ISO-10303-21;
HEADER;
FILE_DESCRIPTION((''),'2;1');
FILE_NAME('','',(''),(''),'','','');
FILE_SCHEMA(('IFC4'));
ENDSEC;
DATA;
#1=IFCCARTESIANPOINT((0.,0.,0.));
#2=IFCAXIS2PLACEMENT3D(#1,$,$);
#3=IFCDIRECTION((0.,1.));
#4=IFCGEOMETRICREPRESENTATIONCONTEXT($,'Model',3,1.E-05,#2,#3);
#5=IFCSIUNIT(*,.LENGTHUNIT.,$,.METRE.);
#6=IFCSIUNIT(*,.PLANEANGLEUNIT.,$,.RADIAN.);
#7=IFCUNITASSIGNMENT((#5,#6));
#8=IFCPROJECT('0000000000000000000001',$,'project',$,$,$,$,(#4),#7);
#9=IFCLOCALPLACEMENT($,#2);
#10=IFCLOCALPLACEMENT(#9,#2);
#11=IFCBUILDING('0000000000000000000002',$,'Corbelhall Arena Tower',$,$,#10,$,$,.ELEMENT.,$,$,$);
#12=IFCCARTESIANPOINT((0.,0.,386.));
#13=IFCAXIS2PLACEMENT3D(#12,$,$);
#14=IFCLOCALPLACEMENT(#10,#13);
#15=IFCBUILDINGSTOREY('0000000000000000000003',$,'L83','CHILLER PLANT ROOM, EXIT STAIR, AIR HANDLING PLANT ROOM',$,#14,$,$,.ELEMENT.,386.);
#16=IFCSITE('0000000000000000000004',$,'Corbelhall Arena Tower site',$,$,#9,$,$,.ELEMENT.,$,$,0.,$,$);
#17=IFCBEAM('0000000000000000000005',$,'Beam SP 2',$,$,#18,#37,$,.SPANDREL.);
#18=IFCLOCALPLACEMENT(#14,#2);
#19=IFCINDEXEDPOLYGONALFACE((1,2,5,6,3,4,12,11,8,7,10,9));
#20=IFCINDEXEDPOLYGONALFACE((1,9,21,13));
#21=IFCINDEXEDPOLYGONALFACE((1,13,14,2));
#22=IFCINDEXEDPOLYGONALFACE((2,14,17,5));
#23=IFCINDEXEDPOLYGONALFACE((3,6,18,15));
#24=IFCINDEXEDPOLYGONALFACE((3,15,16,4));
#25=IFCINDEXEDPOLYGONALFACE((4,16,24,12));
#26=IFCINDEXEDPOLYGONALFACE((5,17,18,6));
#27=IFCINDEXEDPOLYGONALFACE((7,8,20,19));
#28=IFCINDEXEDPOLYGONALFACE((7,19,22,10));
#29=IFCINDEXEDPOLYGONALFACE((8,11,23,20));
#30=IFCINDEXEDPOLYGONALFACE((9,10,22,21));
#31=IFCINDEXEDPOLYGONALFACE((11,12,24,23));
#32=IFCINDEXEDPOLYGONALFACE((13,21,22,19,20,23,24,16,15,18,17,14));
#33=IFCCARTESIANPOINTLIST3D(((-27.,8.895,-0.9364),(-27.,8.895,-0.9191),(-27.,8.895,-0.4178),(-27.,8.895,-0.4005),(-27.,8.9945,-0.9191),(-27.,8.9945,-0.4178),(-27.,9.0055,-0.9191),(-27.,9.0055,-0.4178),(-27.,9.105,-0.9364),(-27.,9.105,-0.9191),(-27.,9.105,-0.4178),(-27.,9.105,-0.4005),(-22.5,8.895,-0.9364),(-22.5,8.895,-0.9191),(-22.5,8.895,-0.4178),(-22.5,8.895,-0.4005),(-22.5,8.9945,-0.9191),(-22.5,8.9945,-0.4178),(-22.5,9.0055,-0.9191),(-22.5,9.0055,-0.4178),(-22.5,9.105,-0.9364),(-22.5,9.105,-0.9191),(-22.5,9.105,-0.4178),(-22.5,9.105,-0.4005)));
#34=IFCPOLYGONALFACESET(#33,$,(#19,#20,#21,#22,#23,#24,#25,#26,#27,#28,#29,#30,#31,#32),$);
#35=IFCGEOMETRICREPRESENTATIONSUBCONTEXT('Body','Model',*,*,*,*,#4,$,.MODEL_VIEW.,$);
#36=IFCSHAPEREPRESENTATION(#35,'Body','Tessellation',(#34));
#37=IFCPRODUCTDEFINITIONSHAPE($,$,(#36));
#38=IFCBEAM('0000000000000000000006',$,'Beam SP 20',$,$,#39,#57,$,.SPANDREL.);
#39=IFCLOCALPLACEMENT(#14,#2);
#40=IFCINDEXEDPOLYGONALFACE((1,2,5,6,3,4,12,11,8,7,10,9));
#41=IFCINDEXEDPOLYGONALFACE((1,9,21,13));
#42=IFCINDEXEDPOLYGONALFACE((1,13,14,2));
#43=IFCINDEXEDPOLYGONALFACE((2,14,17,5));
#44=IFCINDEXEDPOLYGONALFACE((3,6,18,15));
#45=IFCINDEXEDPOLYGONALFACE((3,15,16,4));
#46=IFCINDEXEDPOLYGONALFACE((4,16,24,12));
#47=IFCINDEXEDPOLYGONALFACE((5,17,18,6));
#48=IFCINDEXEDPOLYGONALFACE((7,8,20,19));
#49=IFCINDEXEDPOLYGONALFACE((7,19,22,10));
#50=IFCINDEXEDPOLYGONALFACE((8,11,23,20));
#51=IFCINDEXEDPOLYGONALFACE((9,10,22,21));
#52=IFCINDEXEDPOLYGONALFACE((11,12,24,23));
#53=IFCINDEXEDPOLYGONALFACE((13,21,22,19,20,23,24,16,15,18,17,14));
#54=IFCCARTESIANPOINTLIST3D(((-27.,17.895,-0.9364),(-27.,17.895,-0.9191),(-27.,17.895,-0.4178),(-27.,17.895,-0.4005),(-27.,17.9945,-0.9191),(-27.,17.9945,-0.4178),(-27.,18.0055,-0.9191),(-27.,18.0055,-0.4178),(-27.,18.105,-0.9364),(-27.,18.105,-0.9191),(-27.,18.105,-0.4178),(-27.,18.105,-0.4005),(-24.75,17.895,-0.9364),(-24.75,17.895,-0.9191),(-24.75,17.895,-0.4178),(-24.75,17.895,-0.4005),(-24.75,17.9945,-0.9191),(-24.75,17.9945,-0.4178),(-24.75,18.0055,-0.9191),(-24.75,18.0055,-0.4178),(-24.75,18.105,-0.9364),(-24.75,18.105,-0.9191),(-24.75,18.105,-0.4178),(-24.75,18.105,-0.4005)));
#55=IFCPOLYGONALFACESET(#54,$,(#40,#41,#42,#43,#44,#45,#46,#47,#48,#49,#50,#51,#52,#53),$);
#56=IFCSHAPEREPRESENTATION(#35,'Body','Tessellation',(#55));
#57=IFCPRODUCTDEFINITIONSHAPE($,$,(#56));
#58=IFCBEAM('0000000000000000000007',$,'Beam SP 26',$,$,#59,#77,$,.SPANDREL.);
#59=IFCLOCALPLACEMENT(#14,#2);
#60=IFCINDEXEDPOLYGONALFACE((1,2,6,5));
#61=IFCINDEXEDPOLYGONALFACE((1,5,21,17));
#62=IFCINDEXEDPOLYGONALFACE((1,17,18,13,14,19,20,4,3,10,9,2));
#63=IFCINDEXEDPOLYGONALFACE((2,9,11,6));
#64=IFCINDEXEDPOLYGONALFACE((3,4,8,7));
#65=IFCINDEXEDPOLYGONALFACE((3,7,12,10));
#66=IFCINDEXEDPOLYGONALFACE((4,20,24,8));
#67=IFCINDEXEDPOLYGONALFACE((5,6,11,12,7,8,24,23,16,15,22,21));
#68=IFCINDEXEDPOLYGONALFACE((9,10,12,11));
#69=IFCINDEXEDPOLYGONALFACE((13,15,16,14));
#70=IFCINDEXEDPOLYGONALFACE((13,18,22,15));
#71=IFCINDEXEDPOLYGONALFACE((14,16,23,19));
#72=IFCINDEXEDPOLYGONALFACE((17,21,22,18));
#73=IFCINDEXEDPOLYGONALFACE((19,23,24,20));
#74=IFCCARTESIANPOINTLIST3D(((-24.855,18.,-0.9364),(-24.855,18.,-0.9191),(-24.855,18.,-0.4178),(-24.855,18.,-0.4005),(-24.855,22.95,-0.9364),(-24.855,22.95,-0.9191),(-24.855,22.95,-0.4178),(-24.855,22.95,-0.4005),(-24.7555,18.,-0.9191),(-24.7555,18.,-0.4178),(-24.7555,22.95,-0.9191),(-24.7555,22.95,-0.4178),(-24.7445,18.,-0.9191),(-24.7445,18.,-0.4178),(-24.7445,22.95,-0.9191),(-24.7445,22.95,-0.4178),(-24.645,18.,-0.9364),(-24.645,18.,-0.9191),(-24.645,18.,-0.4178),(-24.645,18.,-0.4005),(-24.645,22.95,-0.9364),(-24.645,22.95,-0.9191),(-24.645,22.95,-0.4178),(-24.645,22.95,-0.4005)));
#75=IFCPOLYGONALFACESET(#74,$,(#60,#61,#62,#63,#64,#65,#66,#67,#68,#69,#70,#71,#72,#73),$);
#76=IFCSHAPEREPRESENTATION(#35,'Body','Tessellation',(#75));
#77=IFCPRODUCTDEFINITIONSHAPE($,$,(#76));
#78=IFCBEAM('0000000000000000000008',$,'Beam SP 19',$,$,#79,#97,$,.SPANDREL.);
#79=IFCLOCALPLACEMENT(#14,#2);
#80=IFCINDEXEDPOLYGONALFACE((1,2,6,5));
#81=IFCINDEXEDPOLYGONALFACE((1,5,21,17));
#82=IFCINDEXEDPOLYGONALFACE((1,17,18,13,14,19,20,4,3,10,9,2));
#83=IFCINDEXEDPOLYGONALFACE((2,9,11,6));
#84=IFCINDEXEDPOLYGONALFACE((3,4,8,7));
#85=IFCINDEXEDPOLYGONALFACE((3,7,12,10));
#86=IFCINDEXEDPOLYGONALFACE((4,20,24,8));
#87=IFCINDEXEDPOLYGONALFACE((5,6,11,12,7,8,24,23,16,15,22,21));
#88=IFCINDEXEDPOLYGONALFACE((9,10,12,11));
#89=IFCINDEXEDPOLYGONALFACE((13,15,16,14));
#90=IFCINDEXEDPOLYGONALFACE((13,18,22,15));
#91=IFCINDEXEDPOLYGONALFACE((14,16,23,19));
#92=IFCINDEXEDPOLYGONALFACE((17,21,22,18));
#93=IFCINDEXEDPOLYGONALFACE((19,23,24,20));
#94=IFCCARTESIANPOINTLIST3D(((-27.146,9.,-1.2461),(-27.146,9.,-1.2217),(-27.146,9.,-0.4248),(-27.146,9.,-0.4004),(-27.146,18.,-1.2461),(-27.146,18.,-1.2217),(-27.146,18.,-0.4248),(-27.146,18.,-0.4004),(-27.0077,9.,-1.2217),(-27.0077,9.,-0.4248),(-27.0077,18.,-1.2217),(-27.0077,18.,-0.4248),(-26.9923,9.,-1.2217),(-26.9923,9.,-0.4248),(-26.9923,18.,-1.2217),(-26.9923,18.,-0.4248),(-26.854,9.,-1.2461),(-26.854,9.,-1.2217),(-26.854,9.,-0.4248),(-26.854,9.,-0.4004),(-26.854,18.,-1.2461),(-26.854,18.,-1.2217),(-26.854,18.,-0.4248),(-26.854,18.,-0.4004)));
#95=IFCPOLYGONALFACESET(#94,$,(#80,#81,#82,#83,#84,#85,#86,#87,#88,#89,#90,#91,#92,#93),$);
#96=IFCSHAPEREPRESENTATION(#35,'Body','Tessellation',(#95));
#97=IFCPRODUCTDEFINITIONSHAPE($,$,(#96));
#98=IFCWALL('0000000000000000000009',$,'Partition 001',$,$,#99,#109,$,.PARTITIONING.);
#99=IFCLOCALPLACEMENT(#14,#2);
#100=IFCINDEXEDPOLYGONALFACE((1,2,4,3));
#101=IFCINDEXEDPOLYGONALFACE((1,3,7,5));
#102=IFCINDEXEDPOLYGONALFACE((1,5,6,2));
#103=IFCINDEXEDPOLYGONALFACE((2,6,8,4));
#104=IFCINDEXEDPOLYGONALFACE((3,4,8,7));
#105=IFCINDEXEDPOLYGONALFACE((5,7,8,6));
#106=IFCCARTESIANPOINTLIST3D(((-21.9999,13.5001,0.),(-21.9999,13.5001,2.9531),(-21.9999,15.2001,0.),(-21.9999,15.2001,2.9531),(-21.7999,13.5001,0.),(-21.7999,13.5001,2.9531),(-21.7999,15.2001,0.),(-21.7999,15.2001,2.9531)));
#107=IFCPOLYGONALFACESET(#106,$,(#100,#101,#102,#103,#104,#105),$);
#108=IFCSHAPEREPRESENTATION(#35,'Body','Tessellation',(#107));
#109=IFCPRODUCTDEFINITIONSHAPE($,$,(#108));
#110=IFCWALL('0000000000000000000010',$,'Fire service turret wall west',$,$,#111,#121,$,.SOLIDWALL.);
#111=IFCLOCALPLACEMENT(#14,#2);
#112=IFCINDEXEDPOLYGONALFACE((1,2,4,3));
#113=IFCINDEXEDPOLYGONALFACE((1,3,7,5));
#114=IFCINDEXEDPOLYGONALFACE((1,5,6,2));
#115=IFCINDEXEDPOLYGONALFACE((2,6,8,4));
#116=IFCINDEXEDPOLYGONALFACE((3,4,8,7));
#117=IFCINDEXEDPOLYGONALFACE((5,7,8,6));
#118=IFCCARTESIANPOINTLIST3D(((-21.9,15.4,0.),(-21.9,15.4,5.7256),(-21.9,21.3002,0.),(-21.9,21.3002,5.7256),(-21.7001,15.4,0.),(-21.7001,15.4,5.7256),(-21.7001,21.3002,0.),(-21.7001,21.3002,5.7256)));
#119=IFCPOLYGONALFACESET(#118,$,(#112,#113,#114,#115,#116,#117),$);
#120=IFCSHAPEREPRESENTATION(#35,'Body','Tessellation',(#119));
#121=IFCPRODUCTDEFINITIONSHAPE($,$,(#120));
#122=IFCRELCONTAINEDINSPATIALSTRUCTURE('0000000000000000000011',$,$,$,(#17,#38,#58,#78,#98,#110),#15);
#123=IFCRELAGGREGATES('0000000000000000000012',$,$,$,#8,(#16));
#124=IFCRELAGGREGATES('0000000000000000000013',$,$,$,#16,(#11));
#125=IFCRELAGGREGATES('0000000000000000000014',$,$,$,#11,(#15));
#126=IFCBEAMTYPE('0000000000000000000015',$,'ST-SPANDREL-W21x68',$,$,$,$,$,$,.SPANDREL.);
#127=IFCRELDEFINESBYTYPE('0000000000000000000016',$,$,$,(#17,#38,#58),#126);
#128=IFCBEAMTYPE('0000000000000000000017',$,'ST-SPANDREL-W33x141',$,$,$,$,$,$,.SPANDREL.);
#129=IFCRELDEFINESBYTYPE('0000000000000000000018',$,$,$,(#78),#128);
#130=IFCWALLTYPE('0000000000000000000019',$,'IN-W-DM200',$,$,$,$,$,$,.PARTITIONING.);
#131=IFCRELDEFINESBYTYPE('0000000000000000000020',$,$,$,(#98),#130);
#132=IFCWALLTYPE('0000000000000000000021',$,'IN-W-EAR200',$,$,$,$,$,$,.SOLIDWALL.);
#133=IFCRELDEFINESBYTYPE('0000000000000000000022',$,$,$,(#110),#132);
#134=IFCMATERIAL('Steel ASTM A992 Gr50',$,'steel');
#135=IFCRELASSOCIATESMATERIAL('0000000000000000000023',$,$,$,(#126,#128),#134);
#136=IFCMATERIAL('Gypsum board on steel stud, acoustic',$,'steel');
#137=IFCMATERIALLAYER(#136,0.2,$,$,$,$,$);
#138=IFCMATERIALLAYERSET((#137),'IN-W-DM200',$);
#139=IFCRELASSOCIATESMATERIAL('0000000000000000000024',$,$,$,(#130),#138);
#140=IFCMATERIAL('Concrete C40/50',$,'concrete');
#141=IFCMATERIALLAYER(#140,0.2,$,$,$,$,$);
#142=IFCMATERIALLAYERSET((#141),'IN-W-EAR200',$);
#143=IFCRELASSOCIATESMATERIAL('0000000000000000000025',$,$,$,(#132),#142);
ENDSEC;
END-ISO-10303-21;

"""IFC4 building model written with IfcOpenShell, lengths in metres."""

from ifc_helpers import new_model, si_unit, direction, frame, frame_2d, origin, origin_2d, place, context, subcontext, project, spatial, rectangle, i_section, extrude, material, layer, layer_set, material_profile, profile_set, type_object, element, save


model = new_model("IFC4")

# Units and contexts
model_context = context("Model", 3, precision=1e-05, world=origin(), true_north=direction((0.0, 1.0)))
body_context = subcontext(model_context, "Body", "Model", "MODEL_VIEW")
ifc_project = project(units=[si_unit("LENGTHUNIT", "METRE"), si_unit("PLANEANGLEUNIT", "RADIAN")], contexts=[model_context])

# Site, building, storey
site_placement = place(None, origin())
site = spatial("IfcSite", under=ifc_project, at=site_placement, Name="Corbelhall Arena Tower site", CompositionType="ELEMENT", RefElevation=0.0)
building_placement = place(site_placement, origin())
building = spatial("IfcBuilding", under=site, at=building_placement, Name="Corbelhall Arena Tower", CompositionType="ELEMENT")
storey_placement = place(building_placement, frame((0.0, 0.0, 386.0)))
storey = spatial("IfcBuildingStorey", under=building, at=storey_placement, Name="L83", Description="CHILLER PLANT ROOM, EXIT STAIR, AIR HANDLING PLANT ROOM", CompositionType="ELEMENT", Elevation=386.0)

# Beams
ifc_material_1 = material(Name="Steel ASTM A992 Gr50", Category="steel")
ifc_material_profile_1 = material_profile(ifc_material_1, i_section(OverallWidth=0.21, OverallDepth=0.5359, WebThickness=0.011, FlangeThickness=0.0173, at=origin_2d()))
ifc_profile_set_1 = profile_set([ifc_material_profile_1], Name="Steel ASTM A992 Gr50")
beam_type_1 = type_object("IfcBeamType", Name="ST-SPANDREL-W21x68", PredefinedType="SPANDREL", material=ifc_profile_set_1)
beam_1_placement = place(storey_placement, frame((-22.5, 9.0, -0.6685), z_axis=(-1.0, 0.0, 0.0), x_axis=(0.0, -1.0, 0.0)))
element("IfcBeam", 1, at=beam_1_placement, inside=storey, type_object=beam_type_1, Name="Beam SP 2", PredefinedType="SPANDREL", context=body_context, shape_type="SweptSolid", body=[
    extrude(i_section(OverallWidth=0.21, OverallDepth=0.5359, WebThickness=0.011, FlangeThickness=0.0173, at=origin_2d()), origin(), (0.0, 0.0, 1.0), 4.5),
])
beam_2_placement = place(storey_placement, frame((-27.0, 18.0, -0.6685), z_axis=(1.0, 0.0, 0.0), x_axis=(0.0, 1.0, 0.0)))
element("IfcBeam", 2, at=beam_2_placement, inside=storey, type_object=beam_type_1, Name="Beam SP 20", PredefinedType="SPANDREL", context=body_context, shape_type="SweptSolid", body=[
    extrude(i_section(OverallWidth=0.21, OverallDepth=0.5359, WebThickness=0.011, FlangeThickness=0.0173, at=origin_2d()), origin(), (0.0, 0.0, 1.0), 2.25),
])
beam_3_placement = place(storey_placement, frame((-24.75, 18.0, -0.6685), z_axis=(0.0, 1.0, 0.0), x_axis=(-1.0, 0.0, 0.0)))
element("IfcBeam", 3, at=beam_3_placement, inside=storey, type_object=beam_type_1, Name="Beam SP 26", PredefinedType="SPANDREL", context=body_context, shape_type="SweptSolid", body=[
    extrude(i_section(OverallWidth=0.21, OverallDepth=0.5359, WebThickness=0.011, FlangeThickness=0.0173, at=origin_2d()), origin(), (0.0, 0.0, 1.0), 4.95),
])
ifc_material_profile_2 = material_profile(ifc_material_1, i_section(OverallWidth=0.292, OverallDepth=0.8457, WebThickness=0.0154, FlangeThickness=0.0244, at=origin_2d()))
ifc_profile_set_2 = profile_set([ifc_material_profile_2], Name="Steel ASTM A992 Gr50")
beam_type_2 = type_object("IfcBeamType", Name="ST-SPANDREL-W33x141", PredefinedType="SPANDREL", material=ifc_profile_set_2)
beam_4_placement = place(storey_placement, frame((-27.0, 9.0, -0.8232), z_axis=(0.0, 1.0, 0.0), x_axis=(-1.0, 0.0, 0.0)))
element("IfcBeam", 4, at=beam_4_placement, inside=storey, type_object=beam_type_2, Name="Beam SP 19", PredefinedType="SPANDREL", context=body_context, shape_type="SweptSolid", body=[
    extrude(i_section(OverallWidth=0.292, OverallDepth=0.8457, WebThickness=0.0154, FlangeThickness=0.0244, at=origin_2d()), origin(), (0.0, 0.0, 1.0), 9.0),
])

# Wall
ifc_material_2 = material(Name="Gypsum board on steel stud, acoustic", Category="steel")
ifc_layer_1 = layer(ifc_material_2, 0.2)
ifc_layer_set_1 = layer_set([ifc_layer_1], Name="IN-W-DM200")
wall_type_1 = type_object("IfcWallType", Name="IN-W-DM200", PredefinedType="PARTITIONING", material=ifc_layer_set_1)
wall_1_placement = place(storey_placement, frame((-21.8999, 13.5, 0.0), z_axis=(0.0, 0.0, 1.0), x_axis=(0.0, 1.0, 0.0)))
element("IfcWall", 5, at=wall_1_placement, inside=storey, type_object=wall_type_1, Name="Partition 001", PredefinedType="PARTITIONING", context=body_context, shape_type="SweptSolid", body=[
    extrude(rectangle(XDim=1.7, YDim=0.2, at=frame_2d((0.8501, 0.0))), origin(), (0.0, 0.0, 1.0), 2.9531),
])

# Shared definitions
ifc_material_3 = material(Name="Concrete C40/50", Category="concrete")
ifc_layer_2 = layer(ifc_material_3, 0.2)
ifc_layer_set_2 = layer_set([ifc_layer_2], Name="IN-W-EAR200")
wall_type_2 = type_object("IfcWallType", Name="IN-W-EAR200", PredefinedType="SOLIDWALL", material=ifc_layer_set_2)

# Wall
wall_2_placement = place(storey_placement, frame((-21.8, 15.3999, 0.0), z_axis=(0.0, 0.0, 1.0), x_axis=(0.0, 1.0, 0.0)))
element("IfcWall", 6, at=wall_2_placement, inside=storey, type_object=wall_type_2, Name="Fire service turret wall west", PredefinedType="SOLIDWALL", context=body_context, shape_type="SweptSolid", body=[
    extrude(rectangle(XDim=5.9001, YDim=0.2, at=frame_2d((2.9502, 0.0))), origin(), (0.0, 0.0, 1.0), 5.7256),
])

save(model, "model.ifc")
